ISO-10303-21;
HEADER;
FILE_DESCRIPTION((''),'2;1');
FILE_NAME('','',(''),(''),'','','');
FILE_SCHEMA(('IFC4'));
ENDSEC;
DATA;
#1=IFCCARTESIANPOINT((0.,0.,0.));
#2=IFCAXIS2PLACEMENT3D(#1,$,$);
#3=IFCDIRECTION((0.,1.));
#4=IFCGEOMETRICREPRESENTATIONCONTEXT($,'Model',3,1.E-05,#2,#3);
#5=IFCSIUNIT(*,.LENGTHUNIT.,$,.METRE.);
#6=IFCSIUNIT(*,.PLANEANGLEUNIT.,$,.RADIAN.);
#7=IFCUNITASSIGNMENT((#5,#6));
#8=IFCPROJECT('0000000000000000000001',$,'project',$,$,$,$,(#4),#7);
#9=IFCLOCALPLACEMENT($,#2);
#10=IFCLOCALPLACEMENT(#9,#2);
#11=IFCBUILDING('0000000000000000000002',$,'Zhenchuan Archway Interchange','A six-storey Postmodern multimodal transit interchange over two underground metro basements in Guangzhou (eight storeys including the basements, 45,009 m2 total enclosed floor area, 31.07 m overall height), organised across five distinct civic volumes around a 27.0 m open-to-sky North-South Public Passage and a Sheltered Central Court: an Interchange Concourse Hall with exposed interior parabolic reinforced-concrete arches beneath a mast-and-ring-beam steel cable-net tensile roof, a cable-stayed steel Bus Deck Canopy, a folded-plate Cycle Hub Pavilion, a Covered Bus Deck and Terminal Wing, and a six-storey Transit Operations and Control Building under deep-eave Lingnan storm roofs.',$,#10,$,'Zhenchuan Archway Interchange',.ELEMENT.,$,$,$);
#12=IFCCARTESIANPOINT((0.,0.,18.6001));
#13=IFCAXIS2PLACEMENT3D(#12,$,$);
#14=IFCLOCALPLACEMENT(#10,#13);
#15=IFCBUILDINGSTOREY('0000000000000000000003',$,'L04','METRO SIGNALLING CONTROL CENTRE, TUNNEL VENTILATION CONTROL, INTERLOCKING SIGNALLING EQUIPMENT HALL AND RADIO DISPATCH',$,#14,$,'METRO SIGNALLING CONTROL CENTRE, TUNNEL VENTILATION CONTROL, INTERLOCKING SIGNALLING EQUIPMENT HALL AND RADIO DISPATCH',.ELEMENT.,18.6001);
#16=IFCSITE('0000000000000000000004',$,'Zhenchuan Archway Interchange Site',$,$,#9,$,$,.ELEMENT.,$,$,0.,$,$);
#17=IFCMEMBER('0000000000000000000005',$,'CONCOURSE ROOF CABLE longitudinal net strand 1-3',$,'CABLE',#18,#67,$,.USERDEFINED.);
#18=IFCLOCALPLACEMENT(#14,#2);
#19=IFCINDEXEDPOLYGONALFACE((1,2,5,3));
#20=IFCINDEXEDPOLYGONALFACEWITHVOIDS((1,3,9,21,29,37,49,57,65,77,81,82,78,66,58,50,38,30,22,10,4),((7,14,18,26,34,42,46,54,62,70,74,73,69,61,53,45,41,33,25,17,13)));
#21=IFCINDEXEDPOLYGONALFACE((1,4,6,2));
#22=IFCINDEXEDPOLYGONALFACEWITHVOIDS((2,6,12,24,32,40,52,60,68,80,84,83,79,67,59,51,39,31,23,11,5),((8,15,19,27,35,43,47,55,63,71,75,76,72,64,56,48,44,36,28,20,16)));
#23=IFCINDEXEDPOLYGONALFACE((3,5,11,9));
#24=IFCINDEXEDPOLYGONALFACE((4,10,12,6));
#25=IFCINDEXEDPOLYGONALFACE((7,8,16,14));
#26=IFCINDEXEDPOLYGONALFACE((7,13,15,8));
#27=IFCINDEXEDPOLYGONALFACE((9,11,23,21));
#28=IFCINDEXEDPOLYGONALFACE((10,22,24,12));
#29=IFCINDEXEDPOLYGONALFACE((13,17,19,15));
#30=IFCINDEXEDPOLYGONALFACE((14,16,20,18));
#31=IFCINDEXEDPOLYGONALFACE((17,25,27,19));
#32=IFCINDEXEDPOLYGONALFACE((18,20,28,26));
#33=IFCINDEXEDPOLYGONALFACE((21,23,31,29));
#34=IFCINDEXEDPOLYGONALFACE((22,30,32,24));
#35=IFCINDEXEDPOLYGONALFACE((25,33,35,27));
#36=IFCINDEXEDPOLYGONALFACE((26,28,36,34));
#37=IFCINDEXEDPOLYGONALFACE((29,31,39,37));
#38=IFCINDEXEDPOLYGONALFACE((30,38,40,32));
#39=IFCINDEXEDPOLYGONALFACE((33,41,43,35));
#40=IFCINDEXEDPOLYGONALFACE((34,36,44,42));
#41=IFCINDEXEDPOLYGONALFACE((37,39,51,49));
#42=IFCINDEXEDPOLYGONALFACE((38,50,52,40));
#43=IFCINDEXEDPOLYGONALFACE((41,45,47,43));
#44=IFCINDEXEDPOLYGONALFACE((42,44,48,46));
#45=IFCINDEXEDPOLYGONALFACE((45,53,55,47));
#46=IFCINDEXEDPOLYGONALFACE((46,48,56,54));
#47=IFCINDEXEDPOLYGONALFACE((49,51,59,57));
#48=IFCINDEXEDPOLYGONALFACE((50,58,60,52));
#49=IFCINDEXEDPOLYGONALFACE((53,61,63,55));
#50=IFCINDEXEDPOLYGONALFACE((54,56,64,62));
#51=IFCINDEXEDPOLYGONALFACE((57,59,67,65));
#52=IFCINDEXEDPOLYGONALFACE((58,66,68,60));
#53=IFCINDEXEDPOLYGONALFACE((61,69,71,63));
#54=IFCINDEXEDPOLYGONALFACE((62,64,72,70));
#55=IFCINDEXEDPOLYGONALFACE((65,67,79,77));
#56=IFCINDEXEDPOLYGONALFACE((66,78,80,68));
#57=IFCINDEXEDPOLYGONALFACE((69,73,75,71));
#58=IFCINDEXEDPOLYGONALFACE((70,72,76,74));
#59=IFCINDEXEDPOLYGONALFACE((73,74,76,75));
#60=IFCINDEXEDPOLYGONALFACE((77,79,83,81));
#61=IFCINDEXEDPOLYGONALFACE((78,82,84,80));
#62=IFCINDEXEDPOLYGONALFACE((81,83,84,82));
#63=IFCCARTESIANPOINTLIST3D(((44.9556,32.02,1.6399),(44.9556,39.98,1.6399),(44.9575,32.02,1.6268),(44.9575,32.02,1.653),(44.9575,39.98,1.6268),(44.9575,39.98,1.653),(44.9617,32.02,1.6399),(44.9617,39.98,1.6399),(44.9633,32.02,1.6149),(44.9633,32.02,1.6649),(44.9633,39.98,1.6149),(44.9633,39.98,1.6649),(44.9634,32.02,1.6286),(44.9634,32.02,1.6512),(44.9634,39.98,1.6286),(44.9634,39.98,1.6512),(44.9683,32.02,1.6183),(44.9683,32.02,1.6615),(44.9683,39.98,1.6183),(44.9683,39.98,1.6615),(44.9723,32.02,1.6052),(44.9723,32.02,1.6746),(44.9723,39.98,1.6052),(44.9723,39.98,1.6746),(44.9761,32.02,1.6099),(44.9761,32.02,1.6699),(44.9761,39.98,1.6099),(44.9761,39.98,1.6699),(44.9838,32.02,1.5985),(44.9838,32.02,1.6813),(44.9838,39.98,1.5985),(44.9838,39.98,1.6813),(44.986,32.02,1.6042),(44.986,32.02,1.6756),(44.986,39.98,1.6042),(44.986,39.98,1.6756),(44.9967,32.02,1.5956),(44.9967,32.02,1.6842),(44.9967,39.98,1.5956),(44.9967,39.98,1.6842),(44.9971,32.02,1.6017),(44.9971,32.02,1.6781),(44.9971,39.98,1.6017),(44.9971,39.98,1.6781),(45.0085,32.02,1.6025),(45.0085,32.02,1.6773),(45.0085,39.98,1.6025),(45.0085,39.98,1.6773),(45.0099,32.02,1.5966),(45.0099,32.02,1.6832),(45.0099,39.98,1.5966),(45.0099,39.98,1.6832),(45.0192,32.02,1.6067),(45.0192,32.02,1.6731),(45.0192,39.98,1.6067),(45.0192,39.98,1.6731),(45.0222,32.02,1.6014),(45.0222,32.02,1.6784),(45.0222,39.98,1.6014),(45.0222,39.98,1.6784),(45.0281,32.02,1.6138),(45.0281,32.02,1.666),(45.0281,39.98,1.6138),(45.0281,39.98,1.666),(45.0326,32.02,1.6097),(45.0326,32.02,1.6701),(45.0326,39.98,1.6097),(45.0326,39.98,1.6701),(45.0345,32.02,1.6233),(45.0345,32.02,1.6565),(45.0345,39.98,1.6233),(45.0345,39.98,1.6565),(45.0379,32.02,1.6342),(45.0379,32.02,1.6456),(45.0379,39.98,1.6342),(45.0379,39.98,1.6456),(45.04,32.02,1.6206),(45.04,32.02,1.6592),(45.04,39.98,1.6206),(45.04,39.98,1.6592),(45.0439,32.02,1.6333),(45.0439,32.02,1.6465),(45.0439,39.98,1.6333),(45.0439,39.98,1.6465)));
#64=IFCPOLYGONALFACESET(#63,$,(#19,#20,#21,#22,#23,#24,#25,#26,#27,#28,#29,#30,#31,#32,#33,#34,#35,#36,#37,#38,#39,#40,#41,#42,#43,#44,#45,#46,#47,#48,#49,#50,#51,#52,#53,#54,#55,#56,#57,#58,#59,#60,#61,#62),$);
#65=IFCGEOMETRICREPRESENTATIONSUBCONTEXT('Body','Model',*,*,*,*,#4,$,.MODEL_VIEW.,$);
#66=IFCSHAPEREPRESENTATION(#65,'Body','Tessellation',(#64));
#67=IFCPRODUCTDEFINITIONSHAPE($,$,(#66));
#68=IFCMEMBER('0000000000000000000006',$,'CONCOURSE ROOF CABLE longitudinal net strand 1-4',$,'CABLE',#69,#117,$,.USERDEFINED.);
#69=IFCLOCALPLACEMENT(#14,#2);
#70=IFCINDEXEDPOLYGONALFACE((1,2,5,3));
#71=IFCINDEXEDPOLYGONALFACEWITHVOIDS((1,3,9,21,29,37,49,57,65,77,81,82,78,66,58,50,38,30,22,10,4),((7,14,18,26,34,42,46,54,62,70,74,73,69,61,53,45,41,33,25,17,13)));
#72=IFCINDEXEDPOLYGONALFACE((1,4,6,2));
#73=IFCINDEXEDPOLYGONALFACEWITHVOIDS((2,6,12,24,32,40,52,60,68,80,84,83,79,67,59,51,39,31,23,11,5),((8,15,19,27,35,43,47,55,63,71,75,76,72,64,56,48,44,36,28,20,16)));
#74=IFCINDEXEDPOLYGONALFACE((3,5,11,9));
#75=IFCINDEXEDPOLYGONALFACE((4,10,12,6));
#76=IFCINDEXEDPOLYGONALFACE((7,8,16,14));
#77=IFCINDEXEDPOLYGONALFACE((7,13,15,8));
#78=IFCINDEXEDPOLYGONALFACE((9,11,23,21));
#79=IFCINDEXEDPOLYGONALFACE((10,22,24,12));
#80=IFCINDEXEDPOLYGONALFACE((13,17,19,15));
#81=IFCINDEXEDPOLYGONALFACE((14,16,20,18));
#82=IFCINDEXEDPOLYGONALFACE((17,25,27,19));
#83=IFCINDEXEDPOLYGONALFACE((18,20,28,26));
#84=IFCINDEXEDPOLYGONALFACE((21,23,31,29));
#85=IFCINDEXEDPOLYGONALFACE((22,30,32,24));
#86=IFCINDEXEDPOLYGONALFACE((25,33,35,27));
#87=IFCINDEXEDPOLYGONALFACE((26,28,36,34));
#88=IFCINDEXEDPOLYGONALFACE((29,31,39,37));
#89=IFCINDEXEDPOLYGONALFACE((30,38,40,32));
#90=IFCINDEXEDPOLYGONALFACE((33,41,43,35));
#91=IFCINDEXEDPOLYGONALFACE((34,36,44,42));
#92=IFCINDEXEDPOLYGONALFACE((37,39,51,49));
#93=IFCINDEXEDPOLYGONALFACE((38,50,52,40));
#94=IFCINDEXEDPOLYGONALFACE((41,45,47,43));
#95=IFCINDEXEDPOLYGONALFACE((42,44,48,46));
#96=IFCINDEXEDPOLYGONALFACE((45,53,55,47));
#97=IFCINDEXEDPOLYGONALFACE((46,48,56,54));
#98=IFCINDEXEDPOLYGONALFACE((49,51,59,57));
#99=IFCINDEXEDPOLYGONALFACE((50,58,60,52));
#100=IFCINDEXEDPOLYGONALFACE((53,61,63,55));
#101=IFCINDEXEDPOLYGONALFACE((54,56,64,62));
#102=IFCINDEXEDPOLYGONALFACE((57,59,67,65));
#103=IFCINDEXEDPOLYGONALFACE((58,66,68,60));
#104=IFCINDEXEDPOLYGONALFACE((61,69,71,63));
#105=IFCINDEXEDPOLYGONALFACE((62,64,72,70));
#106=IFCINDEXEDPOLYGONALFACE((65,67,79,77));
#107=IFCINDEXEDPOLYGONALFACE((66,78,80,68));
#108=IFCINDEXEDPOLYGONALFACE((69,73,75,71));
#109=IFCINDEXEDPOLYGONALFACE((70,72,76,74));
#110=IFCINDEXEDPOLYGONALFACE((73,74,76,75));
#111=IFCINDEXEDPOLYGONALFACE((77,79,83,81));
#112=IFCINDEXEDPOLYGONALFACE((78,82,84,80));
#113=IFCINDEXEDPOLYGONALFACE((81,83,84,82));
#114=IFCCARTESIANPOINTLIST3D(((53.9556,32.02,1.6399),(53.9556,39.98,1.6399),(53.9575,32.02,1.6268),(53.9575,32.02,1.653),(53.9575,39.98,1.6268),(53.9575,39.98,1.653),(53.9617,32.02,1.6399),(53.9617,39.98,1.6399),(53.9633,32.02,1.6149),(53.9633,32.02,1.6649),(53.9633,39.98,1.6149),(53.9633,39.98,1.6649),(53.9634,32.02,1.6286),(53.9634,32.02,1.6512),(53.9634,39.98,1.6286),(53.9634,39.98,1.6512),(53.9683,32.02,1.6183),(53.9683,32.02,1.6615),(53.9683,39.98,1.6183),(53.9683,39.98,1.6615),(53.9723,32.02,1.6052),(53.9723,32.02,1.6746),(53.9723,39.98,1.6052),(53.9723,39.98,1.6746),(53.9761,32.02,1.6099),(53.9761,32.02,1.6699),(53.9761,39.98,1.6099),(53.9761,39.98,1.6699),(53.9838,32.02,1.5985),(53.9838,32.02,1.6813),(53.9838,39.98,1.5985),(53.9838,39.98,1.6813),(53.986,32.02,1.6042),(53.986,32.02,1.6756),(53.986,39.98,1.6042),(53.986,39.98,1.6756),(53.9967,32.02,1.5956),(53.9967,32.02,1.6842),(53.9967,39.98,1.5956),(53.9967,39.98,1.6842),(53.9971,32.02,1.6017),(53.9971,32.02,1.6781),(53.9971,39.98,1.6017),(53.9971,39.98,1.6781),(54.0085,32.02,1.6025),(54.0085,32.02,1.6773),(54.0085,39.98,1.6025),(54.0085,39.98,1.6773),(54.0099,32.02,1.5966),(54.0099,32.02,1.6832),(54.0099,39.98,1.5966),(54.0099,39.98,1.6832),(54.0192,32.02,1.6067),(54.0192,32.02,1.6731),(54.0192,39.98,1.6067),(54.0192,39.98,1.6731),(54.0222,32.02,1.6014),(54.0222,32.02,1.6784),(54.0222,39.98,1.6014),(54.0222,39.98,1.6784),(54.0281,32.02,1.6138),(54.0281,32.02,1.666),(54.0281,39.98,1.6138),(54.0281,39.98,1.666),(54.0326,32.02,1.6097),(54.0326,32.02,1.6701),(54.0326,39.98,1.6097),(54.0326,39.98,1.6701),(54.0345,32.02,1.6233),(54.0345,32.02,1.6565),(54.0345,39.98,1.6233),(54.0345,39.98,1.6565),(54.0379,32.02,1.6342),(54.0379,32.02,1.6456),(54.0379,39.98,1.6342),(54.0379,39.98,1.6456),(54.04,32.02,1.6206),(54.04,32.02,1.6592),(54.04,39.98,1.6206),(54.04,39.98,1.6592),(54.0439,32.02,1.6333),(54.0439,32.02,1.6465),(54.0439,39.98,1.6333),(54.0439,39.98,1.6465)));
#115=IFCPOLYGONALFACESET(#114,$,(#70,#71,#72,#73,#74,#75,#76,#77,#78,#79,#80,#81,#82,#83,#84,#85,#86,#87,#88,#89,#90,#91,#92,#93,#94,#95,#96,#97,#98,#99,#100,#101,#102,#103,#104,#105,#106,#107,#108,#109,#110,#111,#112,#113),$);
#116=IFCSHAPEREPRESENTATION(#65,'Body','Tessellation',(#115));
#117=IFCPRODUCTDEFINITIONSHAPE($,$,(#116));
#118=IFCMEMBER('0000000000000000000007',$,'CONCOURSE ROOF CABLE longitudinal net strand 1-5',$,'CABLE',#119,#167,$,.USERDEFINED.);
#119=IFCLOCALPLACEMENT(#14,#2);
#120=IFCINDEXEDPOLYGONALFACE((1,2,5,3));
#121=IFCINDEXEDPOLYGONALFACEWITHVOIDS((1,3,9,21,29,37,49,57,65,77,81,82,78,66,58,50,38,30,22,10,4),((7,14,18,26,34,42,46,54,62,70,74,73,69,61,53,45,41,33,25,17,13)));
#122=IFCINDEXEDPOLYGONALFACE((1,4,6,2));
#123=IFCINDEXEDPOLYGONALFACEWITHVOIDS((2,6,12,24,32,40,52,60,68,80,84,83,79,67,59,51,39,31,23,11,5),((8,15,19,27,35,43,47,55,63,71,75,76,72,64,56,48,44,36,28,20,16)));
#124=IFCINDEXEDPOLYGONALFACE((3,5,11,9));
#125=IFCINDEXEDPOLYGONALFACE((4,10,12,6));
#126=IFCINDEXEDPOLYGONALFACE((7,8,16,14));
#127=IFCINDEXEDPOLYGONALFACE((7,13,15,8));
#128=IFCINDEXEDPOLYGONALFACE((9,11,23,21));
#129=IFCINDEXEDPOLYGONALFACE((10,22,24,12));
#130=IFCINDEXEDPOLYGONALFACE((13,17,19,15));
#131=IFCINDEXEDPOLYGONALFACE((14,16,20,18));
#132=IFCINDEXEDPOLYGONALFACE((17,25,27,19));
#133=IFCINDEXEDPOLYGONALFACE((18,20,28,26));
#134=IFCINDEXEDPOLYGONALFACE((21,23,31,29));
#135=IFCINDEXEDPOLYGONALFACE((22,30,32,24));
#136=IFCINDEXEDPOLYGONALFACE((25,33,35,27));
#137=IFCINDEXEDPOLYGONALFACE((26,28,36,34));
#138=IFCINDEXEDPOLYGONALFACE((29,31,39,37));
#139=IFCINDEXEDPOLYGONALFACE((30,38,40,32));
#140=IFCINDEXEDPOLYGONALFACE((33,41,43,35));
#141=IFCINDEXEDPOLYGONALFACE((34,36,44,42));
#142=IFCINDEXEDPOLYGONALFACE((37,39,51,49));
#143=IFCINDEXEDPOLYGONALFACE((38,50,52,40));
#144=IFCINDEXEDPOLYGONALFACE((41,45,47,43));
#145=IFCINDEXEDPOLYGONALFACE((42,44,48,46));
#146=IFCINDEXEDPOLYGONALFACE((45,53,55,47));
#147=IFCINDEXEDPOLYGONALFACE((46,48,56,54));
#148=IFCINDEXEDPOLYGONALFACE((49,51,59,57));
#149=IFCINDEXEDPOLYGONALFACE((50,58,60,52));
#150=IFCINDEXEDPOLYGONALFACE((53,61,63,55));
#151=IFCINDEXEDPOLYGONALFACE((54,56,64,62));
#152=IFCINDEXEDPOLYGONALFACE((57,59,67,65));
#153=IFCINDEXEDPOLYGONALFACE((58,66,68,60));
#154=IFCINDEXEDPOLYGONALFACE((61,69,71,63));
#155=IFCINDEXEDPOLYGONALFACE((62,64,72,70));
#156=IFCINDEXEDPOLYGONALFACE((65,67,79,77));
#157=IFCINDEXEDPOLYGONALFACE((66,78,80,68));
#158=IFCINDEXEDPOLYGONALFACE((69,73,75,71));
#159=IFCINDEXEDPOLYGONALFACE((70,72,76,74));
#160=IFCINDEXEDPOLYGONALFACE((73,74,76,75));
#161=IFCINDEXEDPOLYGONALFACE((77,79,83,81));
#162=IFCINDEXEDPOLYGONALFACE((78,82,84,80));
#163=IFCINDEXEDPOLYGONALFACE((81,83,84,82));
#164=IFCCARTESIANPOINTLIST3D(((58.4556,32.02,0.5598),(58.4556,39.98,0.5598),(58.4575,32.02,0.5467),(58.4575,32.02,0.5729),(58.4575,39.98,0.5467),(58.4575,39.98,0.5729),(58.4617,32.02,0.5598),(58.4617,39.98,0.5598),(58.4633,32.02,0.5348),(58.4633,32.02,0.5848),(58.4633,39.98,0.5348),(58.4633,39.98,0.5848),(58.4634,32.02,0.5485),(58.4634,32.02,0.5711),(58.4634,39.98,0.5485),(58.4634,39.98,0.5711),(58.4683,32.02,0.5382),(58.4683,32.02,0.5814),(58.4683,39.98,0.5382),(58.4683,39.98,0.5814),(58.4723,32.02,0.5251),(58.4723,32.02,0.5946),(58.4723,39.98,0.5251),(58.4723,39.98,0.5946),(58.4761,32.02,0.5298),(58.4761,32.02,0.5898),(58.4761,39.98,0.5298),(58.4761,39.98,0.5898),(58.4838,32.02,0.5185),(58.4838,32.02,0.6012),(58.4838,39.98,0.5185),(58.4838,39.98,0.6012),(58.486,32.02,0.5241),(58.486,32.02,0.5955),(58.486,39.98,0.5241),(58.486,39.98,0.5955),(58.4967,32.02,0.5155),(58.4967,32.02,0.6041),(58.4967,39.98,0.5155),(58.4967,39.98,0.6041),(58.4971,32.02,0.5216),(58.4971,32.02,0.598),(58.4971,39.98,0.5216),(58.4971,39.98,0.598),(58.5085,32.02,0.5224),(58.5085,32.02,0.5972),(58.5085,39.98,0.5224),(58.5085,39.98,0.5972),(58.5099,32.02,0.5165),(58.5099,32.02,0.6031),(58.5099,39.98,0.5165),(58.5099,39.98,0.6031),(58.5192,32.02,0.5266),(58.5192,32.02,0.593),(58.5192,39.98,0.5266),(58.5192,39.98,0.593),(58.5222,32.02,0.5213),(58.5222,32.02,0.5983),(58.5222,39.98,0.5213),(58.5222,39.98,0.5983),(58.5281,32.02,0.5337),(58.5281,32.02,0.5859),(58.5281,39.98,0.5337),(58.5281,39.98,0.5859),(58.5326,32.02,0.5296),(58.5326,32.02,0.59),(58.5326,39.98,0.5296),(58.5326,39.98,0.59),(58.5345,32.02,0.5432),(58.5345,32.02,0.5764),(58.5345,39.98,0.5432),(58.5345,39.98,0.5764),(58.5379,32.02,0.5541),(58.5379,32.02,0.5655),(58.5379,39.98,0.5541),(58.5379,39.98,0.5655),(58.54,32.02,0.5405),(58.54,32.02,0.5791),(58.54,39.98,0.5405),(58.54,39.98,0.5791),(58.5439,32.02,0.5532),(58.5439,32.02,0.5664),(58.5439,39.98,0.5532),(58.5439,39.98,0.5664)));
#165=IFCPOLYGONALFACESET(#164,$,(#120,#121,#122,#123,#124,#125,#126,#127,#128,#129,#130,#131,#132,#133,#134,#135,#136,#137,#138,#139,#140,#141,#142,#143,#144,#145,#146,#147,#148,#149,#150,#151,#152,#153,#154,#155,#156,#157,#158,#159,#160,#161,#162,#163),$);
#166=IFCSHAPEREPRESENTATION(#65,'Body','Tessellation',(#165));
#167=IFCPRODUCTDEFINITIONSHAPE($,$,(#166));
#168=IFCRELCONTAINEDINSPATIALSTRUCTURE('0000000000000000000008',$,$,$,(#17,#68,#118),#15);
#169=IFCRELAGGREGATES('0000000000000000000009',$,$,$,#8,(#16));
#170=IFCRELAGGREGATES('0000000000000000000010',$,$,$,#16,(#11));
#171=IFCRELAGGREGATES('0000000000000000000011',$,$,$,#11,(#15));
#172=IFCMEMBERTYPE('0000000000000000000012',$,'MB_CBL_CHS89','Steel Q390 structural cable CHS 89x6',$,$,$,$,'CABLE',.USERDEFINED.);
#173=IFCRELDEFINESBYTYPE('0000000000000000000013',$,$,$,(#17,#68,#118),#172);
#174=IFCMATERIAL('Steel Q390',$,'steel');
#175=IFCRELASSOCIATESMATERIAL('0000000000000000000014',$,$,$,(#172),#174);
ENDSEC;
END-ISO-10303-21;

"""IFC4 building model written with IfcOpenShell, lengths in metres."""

from ifc_helpers import new_model, si_unit, direction, frame, origin, origin_2d, place, context, subcontext, project, spatial, hollow_circle, extrude, material, material_profile, profile_set, type_object, element, save


model = new_model("IFC4")

# Units and contexts
model_context = context("Model", 3, precision=1e-05, world=origin(), true_north=direction((0.0, 1.0)))
body_context = subcontext(model_context, "Body", "Model", "MODEL_VIEW")
ifc_project = project(units=[si_unit("LENGTHUNIT", "METRE"), si_unit("PLANEANGLEUNIT", "RADIAN")], contexts=[model_context])

# Site, building, storey
site_placement = place(None, origin())
site = spatial("IfcSite", under=ifc_project, at=site_placement, Name="Zhenchuan Archway Interchange Site", CompositionType="ELEMENT", RefElevation=0.0)
building_placement = place(site_placement, origin())
building = spatial("IfcBuilding", under=site, at=building_placement, Name="Zhenchuan Archway Interchange", Description="A six-storey Postmodern multimodal transit interchange over two underground metro basements in Guangzhou (eight storeys including the basements, 45,009 m2 total enclosed floor area, 31.07 m overall height), organised across five distinct civic volumes around a 27.0 m open-to-sky North-South Public Passage and a Sheltered Central Court: an Interchange Concourse Hall with exposed interior parabolic reinforced-concrete arches beneath a mast-and-ring-beam steel cable-net tensile roof, a cable-stayed steel Bus Deck Canopy, a folded-plate Cycle Hub Pavilion, a Covered Bus Deck and Terminal Wing, and a six-storey Transit Operations and Control Building under deep-eave Lingnan storm roofs.", LongName="Zhenchuan Archway Interchange", CompositionType="ELEMENT")
storey_placement = place(building_placement, frame((0.0, 0.0, 18.6001)))
storey = spatial("IfcBuildingStorey", under=building, at=storey_placement, Name="L04", Description="METRO SIGNALLING CONTROL CENTRE, TUNNEL VENTILATION CONTROL, INTERLOCKING SIGNALLING EQUIPMENT HALL AND RADIO DISPATCH", LongName="METRO SIGNALLING CONTROL CENTRE, TUNNEL VENTILATION CONTROL, INTERLOCKING SIGNALLING EQUIPMENT HALL AND RADIO DISPATCH", CompositionType="ELEMENT", Elevation=18.6001)

# Shared definitions
ifc_material_1 = material(Name="Steel Q390", Category="steel")

# Members
ifc_material_profile_1 = material_profile(ifc_material_1, hollow_circle(Radius=0.0444, WallThickness=0.0061, at=origin_2d()), Name="CHS 89x6")
ifc_profile_set_1 = profile_set([ifc_material_profile_1], Name="Steel Q390")
member_type_1 = type_object("IfcMemberType", Name="MB_CBL_CHS89", Description="Steel Q390 structural cable CHS 89x6", ElementType="CABLE", PredefinedType="USERDEFINED", material=ifc_profile_set_1)
for number, where, z_axis, x_axis, name in (
    (1, (45.0, 32.02, 1.6399), (0.0, 1.0, 0.0), (-1.0, 0.0, 0.0), "CONCOURSE ROOF CABLE longitudinal net strand 1-3"),
    (2, (54.0, 32.02, 1.6399), (0.0, 1.0, 0.0), (-1.0, 0.0, 0.0), "CONCOURSE ROOF CABLE longitudinal net strand 1-4"),
    (3, (58.5, 32.02, 0.5598), (0.0, 1.0, 0.0), (-1.0, 0.0, 0.0), "CONCOURSE ROOF CABLE longitudinal net strand 1-5"),
):
    element("IfcMember", number, at=place(storey_placement, frame(where, z_axis=z_axis, x_axis=x_axis)), inside=storey, type_object=member_type_1, Name=name, ObjectType="CABLE", PredefinedType="USERDEFINED", context=body_context, shape_type="SweptSolid", body=[
        extrude(hollow_circle(Radius=0.0444, WallThickness=0.0061, at=origin_2d()), origin(), (0.0, 0.0, 1.0), 7.96),
    ])

save(model, "model.ifc")
